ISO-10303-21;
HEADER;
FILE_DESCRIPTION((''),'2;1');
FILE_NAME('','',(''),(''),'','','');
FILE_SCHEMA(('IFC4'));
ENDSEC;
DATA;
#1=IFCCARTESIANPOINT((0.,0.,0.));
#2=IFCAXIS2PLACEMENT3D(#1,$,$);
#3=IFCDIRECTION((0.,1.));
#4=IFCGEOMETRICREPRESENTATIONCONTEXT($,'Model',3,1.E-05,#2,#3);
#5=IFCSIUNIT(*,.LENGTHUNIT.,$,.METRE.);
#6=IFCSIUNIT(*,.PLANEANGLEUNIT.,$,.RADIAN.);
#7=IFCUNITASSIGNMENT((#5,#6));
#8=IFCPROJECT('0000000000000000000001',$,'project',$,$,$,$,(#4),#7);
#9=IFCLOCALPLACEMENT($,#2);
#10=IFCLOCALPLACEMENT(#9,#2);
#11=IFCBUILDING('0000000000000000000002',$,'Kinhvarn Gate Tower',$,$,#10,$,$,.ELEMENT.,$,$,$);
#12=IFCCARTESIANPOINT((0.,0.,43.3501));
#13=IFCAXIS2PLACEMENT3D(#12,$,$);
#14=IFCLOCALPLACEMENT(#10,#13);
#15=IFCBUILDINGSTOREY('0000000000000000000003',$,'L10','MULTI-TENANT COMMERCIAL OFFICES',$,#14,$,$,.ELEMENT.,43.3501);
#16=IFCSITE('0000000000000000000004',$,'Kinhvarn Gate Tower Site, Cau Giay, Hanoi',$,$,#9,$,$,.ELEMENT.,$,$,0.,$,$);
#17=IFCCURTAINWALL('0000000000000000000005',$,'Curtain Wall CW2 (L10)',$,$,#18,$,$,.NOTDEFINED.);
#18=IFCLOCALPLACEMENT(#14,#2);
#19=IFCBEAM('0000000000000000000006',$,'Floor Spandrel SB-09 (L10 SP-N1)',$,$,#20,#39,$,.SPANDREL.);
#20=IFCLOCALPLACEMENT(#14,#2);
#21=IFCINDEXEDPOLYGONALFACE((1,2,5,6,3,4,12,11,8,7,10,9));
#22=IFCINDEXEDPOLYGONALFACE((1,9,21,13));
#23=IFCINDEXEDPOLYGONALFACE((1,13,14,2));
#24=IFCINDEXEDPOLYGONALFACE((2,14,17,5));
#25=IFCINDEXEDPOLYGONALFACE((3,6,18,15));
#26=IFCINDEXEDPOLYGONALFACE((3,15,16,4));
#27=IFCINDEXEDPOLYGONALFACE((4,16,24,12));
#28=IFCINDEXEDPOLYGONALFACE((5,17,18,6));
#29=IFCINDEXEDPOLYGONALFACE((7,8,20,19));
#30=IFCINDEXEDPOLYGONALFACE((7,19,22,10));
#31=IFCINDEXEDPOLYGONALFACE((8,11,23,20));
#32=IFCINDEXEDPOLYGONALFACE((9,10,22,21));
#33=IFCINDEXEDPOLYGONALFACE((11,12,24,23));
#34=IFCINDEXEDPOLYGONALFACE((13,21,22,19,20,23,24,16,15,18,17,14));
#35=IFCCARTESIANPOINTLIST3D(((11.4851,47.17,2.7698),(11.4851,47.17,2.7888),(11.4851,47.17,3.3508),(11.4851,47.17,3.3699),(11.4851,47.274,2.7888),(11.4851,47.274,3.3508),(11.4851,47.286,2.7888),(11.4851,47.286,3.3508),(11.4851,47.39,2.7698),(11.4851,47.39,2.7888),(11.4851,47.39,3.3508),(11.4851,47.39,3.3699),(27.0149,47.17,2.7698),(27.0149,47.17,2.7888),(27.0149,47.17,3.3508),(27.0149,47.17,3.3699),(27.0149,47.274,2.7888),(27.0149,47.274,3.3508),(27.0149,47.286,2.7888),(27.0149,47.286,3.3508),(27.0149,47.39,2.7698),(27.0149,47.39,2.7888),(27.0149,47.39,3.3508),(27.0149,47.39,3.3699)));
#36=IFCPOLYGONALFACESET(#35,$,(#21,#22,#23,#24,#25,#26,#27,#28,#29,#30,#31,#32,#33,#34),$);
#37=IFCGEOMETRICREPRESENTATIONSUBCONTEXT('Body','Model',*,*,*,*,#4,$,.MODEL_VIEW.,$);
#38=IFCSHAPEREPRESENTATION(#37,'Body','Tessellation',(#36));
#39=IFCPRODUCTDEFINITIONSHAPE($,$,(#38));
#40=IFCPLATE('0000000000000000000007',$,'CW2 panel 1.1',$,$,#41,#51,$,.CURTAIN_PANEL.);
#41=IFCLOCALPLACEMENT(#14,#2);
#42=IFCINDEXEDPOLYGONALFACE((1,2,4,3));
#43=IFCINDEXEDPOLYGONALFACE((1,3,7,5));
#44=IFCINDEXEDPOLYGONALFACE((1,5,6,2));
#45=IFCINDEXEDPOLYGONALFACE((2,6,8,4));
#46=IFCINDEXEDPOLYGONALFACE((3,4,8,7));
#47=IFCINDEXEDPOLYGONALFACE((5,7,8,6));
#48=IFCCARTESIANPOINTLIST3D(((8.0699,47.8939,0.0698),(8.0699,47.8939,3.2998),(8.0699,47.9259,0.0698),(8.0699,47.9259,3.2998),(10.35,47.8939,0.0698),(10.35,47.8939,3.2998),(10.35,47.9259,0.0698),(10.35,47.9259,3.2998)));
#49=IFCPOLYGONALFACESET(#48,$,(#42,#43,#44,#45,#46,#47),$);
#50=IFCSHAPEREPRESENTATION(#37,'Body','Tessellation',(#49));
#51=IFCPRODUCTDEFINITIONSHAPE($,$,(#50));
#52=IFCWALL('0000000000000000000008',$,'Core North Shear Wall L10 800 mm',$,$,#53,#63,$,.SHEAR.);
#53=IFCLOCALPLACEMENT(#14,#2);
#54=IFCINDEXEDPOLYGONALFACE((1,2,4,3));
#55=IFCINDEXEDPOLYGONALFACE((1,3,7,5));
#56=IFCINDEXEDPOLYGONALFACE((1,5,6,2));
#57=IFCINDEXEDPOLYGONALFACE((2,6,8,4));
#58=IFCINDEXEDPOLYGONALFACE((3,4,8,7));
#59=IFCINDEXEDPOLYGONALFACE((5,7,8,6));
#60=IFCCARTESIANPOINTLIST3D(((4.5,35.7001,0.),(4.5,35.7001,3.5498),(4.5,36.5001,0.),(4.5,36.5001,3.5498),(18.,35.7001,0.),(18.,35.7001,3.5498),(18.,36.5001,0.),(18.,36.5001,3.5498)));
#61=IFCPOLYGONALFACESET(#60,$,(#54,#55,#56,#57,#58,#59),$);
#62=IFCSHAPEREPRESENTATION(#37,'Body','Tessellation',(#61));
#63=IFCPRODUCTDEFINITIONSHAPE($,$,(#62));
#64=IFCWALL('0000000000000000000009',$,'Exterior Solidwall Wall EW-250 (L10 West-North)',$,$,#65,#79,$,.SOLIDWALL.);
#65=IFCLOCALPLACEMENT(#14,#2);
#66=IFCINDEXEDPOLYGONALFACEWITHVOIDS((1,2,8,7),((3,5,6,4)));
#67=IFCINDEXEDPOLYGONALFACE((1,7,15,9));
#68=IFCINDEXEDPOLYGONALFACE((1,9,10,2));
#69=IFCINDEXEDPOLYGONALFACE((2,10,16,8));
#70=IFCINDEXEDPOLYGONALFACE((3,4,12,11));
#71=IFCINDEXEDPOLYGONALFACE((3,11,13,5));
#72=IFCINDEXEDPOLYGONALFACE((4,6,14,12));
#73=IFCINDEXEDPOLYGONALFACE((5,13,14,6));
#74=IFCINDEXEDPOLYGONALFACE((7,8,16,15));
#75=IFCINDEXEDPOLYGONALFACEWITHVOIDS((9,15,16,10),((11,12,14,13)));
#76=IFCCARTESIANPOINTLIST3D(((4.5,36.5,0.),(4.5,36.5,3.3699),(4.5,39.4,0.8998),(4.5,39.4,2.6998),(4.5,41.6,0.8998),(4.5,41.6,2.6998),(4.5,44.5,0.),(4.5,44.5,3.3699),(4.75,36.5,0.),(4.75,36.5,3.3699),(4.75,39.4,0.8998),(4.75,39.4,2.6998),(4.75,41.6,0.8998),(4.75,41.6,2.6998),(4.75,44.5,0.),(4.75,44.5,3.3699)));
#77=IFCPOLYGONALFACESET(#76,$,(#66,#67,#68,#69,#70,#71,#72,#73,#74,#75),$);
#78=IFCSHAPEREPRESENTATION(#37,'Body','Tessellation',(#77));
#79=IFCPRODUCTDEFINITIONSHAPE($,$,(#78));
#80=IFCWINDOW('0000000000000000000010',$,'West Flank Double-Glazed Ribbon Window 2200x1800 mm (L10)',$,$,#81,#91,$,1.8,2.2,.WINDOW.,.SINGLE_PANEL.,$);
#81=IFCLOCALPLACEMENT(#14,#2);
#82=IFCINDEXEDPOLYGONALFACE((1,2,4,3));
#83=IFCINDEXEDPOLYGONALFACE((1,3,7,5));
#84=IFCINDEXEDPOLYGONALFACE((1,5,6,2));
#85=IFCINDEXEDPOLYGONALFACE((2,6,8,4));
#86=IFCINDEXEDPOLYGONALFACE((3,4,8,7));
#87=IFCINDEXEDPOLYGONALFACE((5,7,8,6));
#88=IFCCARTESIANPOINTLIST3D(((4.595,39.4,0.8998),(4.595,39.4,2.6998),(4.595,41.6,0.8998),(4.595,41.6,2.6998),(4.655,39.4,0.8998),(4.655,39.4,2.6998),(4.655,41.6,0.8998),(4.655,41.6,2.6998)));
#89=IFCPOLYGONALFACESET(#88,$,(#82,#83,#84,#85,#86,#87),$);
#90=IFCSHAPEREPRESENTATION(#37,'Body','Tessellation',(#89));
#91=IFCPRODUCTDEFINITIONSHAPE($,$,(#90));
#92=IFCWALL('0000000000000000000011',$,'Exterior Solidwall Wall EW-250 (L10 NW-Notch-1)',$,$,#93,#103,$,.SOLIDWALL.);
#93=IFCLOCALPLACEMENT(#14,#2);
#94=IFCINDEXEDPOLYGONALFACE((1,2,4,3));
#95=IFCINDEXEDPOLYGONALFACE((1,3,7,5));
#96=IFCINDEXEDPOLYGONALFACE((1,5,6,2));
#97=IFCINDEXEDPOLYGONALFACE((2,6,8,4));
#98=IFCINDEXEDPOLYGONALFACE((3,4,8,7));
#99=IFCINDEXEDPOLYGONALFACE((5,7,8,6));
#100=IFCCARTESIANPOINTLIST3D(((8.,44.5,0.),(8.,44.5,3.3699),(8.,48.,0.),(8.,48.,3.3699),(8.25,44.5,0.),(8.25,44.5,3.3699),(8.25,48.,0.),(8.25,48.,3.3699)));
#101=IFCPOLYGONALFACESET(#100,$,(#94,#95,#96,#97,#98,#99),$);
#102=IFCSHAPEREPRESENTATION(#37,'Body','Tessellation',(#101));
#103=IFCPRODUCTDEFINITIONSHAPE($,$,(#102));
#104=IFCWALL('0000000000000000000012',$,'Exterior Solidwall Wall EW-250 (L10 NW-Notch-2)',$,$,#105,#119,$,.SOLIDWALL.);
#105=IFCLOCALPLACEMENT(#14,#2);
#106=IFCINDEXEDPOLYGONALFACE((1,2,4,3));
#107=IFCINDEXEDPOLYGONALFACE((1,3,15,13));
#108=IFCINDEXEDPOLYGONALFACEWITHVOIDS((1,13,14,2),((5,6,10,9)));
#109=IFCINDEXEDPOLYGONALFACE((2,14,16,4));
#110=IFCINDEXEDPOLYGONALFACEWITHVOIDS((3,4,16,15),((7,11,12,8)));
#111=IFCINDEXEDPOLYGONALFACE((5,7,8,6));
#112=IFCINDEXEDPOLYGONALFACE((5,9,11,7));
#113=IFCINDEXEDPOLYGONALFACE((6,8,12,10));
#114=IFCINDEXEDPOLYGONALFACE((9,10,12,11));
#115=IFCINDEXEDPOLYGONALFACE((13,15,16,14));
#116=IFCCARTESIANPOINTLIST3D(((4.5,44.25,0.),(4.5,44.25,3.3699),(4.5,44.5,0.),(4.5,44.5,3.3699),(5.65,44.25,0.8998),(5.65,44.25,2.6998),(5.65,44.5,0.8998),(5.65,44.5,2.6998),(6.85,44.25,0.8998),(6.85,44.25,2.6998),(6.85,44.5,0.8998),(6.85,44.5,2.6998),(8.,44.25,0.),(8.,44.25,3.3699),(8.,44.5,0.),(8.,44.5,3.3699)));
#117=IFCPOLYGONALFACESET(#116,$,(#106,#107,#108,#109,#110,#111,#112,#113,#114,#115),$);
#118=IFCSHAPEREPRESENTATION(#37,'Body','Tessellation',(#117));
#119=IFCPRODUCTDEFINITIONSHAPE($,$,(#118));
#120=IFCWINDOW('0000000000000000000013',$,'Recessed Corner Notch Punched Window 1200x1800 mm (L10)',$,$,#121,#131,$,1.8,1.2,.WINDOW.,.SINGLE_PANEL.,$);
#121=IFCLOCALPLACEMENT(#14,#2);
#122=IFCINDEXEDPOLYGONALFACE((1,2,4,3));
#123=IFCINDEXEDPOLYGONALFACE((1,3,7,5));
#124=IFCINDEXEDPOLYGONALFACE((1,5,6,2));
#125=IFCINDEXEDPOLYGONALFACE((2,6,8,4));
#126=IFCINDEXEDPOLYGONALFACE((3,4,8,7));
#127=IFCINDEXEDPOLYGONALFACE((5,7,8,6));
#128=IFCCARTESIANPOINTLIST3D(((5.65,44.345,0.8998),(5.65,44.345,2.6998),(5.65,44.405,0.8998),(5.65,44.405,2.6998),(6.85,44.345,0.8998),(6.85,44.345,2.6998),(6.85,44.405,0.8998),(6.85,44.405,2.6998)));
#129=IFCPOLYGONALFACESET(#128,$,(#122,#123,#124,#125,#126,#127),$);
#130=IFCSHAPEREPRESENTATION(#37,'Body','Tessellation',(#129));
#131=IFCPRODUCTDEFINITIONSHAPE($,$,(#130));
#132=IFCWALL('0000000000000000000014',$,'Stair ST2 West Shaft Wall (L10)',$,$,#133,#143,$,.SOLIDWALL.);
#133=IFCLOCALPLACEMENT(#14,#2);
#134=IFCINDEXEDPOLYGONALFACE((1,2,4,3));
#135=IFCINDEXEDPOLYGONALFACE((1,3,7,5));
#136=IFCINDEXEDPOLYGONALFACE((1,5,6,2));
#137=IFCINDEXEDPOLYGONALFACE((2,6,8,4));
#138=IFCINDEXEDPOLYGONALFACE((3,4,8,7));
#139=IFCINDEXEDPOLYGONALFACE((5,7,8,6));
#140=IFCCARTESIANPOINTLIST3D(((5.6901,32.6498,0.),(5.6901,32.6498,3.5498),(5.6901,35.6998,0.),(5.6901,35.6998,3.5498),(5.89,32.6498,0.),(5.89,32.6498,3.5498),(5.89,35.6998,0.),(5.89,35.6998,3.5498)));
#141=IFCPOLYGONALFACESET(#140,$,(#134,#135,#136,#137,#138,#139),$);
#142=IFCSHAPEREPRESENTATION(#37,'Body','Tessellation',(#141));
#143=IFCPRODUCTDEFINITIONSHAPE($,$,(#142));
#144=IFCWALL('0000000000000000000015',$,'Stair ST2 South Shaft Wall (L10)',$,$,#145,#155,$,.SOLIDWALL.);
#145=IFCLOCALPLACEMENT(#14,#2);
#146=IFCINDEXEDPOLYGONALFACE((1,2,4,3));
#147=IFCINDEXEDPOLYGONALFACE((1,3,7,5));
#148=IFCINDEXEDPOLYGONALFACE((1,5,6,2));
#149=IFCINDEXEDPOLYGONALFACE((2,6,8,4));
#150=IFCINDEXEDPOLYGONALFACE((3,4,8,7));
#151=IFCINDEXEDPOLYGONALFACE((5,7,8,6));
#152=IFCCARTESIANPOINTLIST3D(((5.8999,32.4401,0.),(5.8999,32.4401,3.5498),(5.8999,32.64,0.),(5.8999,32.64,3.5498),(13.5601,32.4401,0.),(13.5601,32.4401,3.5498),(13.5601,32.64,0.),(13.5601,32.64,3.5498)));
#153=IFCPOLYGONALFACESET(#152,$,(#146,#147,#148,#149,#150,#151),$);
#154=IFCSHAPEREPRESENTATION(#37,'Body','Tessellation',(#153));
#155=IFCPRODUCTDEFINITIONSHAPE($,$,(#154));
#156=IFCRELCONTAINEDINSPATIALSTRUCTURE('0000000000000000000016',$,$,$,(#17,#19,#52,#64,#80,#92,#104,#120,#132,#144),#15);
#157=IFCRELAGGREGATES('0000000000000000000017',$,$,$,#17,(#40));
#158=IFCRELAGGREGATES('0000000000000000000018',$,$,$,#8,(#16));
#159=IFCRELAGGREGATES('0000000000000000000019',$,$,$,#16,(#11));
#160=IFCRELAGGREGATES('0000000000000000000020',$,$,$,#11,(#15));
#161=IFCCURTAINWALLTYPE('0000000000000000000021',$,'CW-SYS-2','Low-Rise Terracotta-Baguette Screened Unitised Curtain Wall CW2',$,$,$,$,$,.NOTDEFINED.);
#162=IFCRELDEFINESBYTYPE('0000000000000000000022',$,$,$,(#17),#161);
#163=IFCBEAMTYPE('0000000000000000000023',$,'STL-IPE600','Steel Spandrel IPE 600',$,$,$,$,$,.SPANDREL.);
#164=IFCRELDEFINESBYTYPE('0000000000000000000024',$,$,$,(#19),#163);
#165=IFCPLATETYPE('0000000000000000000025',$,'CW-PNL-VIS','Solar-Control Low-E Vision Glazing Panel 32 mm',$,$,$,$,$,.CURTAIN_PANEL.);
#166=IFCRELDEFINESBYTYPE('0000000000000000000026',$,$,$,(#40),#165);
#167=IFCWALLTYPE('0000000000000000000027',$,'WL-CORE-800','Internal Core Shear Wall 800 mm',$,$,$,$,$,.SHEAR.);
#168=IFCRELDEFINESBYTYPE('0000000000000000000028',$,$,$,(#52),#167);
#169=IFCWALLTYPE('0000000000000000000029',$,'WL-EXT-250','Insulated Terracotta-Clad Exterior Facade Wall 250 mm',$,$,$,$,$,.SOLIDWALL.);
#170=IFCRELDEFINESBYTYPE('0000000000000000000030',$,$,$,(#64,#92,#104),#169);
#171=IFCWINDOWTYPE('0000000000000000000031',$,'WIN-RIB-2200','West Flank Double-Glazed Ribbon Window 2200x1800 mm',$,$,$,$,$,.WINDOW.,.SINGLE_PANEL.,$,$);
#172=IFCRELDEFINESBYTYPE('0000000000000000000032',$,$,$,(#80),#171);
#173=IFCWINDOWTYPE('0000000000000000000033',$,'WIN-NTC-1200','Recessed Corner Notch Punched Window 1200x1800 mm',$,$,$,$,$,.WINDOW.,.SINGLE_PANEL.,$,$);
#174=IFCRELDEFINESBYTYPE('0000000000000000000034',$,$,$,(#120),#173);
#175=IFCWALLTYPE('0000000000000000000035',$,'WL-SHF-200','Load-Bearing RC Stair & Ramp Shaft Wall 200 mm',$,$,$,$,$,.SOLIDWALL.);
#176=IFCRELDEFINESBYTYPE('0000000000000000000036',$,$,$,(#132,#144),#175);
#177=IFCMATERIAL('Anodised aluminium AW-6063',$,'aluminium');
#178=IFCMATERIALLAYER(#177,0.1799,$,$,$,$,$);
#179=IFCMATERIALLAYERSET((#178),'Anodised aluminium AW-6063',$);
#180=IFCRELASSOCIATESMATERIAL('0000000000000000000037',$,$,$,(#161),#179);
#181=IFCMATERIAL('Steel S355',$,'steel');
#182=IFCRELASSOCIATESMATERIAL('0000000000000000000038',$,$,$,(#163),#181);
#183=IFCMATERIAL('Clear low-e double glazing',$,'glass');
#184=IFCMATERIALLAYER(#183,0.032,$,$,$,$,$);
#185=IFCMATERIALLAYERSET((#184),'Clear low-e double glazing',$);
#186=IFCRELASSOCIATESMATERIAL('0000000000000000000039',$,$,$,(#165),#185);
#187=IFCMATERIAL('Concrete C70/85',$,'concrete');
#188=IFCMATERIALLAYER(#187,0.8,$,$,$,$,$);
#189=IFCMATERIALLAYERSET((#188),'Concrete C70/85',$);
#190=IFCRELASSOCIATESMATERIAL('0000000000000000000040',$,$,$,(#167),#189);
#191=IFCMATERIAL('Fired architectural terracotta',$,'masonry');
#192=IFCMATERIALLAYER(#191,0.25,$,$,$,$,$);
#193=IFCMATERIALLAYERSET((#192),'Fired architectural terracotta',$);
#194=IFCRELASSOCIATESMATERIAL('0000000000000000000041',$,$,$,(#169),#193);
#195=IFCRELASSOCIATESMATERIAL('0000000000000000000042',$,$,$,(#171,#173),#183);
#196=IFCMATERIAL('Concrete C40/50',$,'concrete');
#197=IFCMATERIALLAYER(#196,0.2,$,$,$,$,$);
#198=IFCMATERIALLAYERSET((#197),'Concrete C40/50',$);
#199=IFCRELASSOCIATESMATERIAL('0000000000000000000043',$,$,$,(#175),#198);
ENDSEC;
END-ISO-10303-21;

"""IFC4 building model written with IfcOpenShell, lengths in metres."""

from ifc_helpers import new_model, si_unit, direction, frame, frame_2d, origin, origin_2d, place, context, subcontext, project, spatial, rectangle, i_section, extrude, material, layer, layer_set, material_profile, profile_set, type_object, element, fill, aggregate, save


model = new_model("IFC4")

# Units and contexts
model_context = context("Model", 3, precision=1e-05, world=origin(), true_north=direction((0.0, 1.0)))
body_context = subcontext(model_context, "Body", "Model", "MODEL_VIEW")
ifc_project = project(units=[si_unit("LENGTHUNIT", "METRE"), si_unit("PLANEANGLEUNIT", "RADIAN")], contexts=[model_context])

# Site, building, storey
site_placement = place(None, origin())
site = spatial("IfcSite", under=ifc_project, at=site_placement, Name="Kinhvarn Gate Tower Site, Cau Giay, Hanoi", CompositionType="ELEMENT", RefElevation=0.0)
building_placement = place(site_placement, origin())
building = spatial("IfcBuilding", under=site, at=building_placement, Name="Kinhvarn Gate Tower", CompositionType="ELEMENT")
storey_placement = place(building_placement, frame((0.0, 0.0, 43.3501)))
storey = spatial("IfcBuildingStorey", under=building, at=storey_placement, Name="L10", Description="MULTI-TENANT COMMERCIAL OFFICES", CompositionType="ELEMENT", Elevation=43.3501)

# Shared definitions
ifc_material_1 = material(Name="Concrete C70/85", Category="concrete")

# Curtain wall
ifc_material_2 = material(Name="Anodised aluminium AW-6063", Category="aluminium")
ifc_layer_1 = layer(ifc_material_2, 0.1799)
ifc_layer_set_1 = layer_set([ifc_layer_1], Name="Anodised aluminium AW-6063")
curtain_wall_type = type_object("IfcCurtainWallType", Name="CW-SYS-2", Description="Low-Rise Terracotta-Baguette Screened Unitised Curtain Wall CW2", PredefinedType="NOTDEFINED", material=ifc_layer_set_1)
curtain_wall_placement = place(storey_placement, origin())
curtain_wall = element("IfcCurtainWall", 1, at=curtain_wall_placement, inside=storey, type_object=curtain_wall_type, Name="Curtain Wall CW2 (L10)", PredefinedType="NOTDEFINED")

# Beam
ifc_material_3 = material(Name="Steel S355", Category="steel")
ifc_material_profile_1 = material_profile(ifc_material_3, i_section(OverallWidth=0.22, OverallDepth=0.6001, WebThickness=0.012, FlangeThickness=0.019, at=origin_2d()), Name="IPE 600")
ifc_profile_set_1 = profile_set([ifc_material_profile_1], Name="Steel S355")
beam_type_1 = type_object("IfcBeamType", Name="STL-IPE600", Description="Steel Spandrel IPE 600", PredefinedType="SPANDREL", material=ifc_profile_set_1)
beam_1_placement = place(storey_placement, frame((11.4851, 47.28, 3.0698), z_axis=(1.0, 0.0, 0.0), x_axis=(0.0, 1.0, 0.0)))
element("IfcBeam", 2, at=beam_1_placement, inside=storey, type_object=beam_type_1, Name="Floor Spandrel SB-09 (L10 SP-N1)", PredefinedType="SPANDREL", context=body_context, shape_type="SweptSolid", body=[
    extrude(i_section(OverallWidth=0.22, OverallDepth=0.6001, WebThickness=0.012, FlangeThickness=0.019, at=origin_2d()), origin(), (0.0, 0.0, 1.0), 15.5298),
])

# Plate
ifc_material_4 = material(Name="Clear low-e double glazing", Category="glass")
ifc_layer_2 = layer(ifc_material_4, 0.032)
ifc_layer_set_2 = layer_set([ifc_layer_2], Name="Clear low-e double glazing")
plate_type = type_object("IfcPlateType", Name="CW-PNL-VIS", Description="Solar-Control Low-E Vision Glazing Panel 32 mm", PredefinedType="CURTAIN_PANEL", material=ifc_layer_set_2)
plate_placement = place(storey_placement, frame((9.21, 47.9099, 0.0698), z_axis=(0.0, 0.0, 1.0), x_axis=(-1.0, 0.0, 0.0)))
plate = element("IfcPlate", 3, at=plate_placement, type_object=plate_type, Name="CW2 panel 1.1", PredefinedType="CURTAIN_PANEL", context=body_context, shape_type="SweptSolid", body=[
    extrude(rectangle(XDim=2.28, YDim=0.032, at=origin_2d()), origin(), (0.0, 0.0, 1.0), 3.23),
])
aggregate(curtain_wall, [plate])

# Wall
ifc_layer_3 = layer(ifc_material_1, 0.8)
ifc_layer_set_3 = layer_set([ifc_layer_3], Name="Concrete C70/85")
wall_type_1 = type_object("IfcWallType", Name="WL-CORE-800", Description="Internal Core Shear Wall 800 mm", PredefinedType="SHEAR", material=ifc_layer_set_3)
wall_1_placement = place(storey_placement, frame((4.5, 36.1001, 0.0), z_axis=(0.0, 0.0, 1.0), x_axis=(1.0, 0.0, 0.0)))
element("IfcWall", 4, at=wall_1_placement, inside=storey, type_object=wall_type_1, Name="Core North Shear Wall L10 800 mm", PredefinedType="SHEAR", context=body_context, shape_type="SweptSolid", body=[
    extrude(rectangle(XDim=13.5, YDim=0.8, at=frame_2d((6.75, 0.0))), origin(), (0.0, 0.0, 1.0), 3.5498),
])

# Wall, opening, window
ifc_material_5 = material(Name="Fired architectural terracotta", Category="masonry")
ifc_layer_4 = layer(ifc_material_5, 0.25)
ifc_layer_set_4 = layer_set([ifc_layer_4], Name="Fired architectural terracotta")
wall_type_2 = type_object("IfcWallType", Name="WL-EXT-250", Description="Insulated Terracotta-Clad Exterior Facade Wall 250 mm", PredefinedType="SOLIDWALL", material=ifc_layer_set_4)
wall_2_placement = place(storey_placement, frame((4.625, 44.5, 0.0), z_axis=(0.0, 0.0, 1.0), x_axis=(0.0, -1.0, 0.0)))
wall_2 = element("IfcWall", 5, at=wall_2_placement, inside=storey, type_object=wall_type_2, Name="Exterior Solidwall Wall EW-250 (L10 West-North)", PredefinedType="SOLIDWALL", context=body_context, shape_type="SweptSolid", body=[
    extrude(rectangle(XDim=8.0, YDim=0.25, at=frame_2d((4.0, 0.0))), origin(), (0.0, 0.0, 1.0), 3.3699),
])
opening_1_placement = place(wall_2_placement, frame((2.8999, 0.0, 0.8999)))
opening_1 = element("IfcOpeningElement", 6, at=opening_1_placement, cuts=wall_2, PredefinedType="OPENING", context=body_context, shape_type="SweptSolid", body=[
    extrude(rectangle(XDim=2.2, YDim=1.8, at=frame_2d((1.1001, 0.8999))), frame((0.0, 0.135, 0.0), z_axis=(0.0, -1.0, 0.0), x_axis=(1.0, 0.0, 0.0)), (0.0, 0.0, 1.0), 0.27),
])
window_type_1 = type_object("IfcWindowType", Name="WIN-RIB-2200", Description="West Flank Double-Glazed Ribbon Window 2200x1800 mm", PartitioningType="SINGLE_PANEL", PredefinedType="WINDOW", material=ifc_material_4)
window_1_placement = place(opening_1_placement, origin())
window_1 = element("IfcWindow", 7, at=window_1_placement, inside=storey, type_object=window_type_1, Name="West Flank Double-Glazed Ribbon Window 2200x1800 mm (L10)", OverallHeight=1.8, OverallWidth=2.2, PartitioningType="SINGLE_PANEL", PredefinedType="WINDOW", context=body_context, shape_type="SweptSolid", body=[
    extrude(rectangle(XDim=2.2, YDim=1.8, at=frame_2d((1.1001, 0.8999))), frame((0.0, 0.03, 0.0), z_axis=(0.0, -1.0, 0.0), x_axis=(1.0, 0.0, 0.0)), (0.0, 0.0, 1.0), 0.0601),
])
fill(opening_1, window_1)

# Wall
wall_3_placement = place(storey_placement, frame((8.125, 48.0, 0.0), z_axis=(0.0, 0.0, 1.0), x_axis=(0.0, -1.0, 0.0)))
element("IfcWall", 8, at=wall_3_placement, inside=storey, type_object=wall_type_2, Name="Exterior Solidwall Wall EW-250 (L10 NW-Notch-1)", PredefinedType="SOLIDWALL", context=body_context, shape_type="SweptSolid", body=[
    extrude(rectangle(XDim=3.5, YDim=0.25, at=frame_2d((1.75, 0.0))), origin(), (0.0, 0.0, 1.0), 3.3699),
])

# Wall, opening, window
wall_4_placement = place(storey_placement, frame((8.0, 44.375, 0.0), z_axis=(0.0, 0.0, 1.0), x_axis=(-1.0, 0.0, 0.0)))
wall_4 = element("IfcWall", 9, at=wall_4_placement, inside=storey, type_object=wall_type_2, Name="Exterior Solidwall Wall EW-250 (L10 NW-Notch-2)", PredefinedType="SOLIDWALL", context=body_context, shape_type="SweptSolid", body=[
    extrude(rectangle(XDim=3.5, YDim=0.25, at=frame_2d((1.75, 0.0))), origin(), (0.0, 0.0, 1.0), 3.3699),
])
opening_2_placement = place(wall_4_placement, frame((1.1499, 0.0, 0.8999)))
opening_2 = element("IfcOpeningElement", 10, at=opening_2_placement, cuts=wall_4, PredefinedType="OPENING", context=body_context, shape_type="SweptSolid", body=[
    extrude(rectangle(XDim=1.2, YDim=1.8, at=frame_2d((0.6001, 0.8999))), frame((0.0, 0.135, 0.0), z_axis=(0.0, -1.0, 0.0), x_axis=(1.0, 0.0, 0.0)), (0.0, 0.0, 1.0), 0.27),
])
window_type_2 = type_object("IfcWindowType", Name="WIN-NTC-1200", Description="Recessed Corner Notch Punched Window 1200x1800 mm", PartitioningType="SINGLE_PANEL", PredefinedType="WINDOW", material=ifc_material_4)
window_2_placement = place(opening_2_placement, origin())
window_2 = element("IfcWindow", 11, at=window_2_placement, inside=storey, type_object=window_type_2, Name="Recessed Corner Notch Punched Window 1200x1800 mm (L10)", OverallHeight=1.8, OverallWidth=1.2, PartitioningType="SINGLE_PANEL", PredefinedType="WINDOW", context=body_context, shape_type="SweptSolid", body=[
    extrude(rectangle(XDim=1.2, YDim=1.8, at=frame_2d((0.6001, 0.8999))), frame((0.0, 0.03, 0.0), z_axis=(0.0, -1.0, 0.0), x_axis=(1.0, 0.0, 0.0)), (0.0, 0.0, 1.0), 0.0601),
])
fill(opening_2, window_2)

# Walls
ifc_material_6 = material(Name="Concrete C40/50", Category="concrete")
ifc_layer_5 = layer(ifc_material_6, 0.2)
ifc_layer_set_5 = layer_set([ifc_layer_5], Name="Concrete C40/50")
wall_type_3 = type_object("IfcWallType", Name="WL-SHF-200", Description="Load-Bearing RC Stair & Ramp Shaft Wall 200 mm", PredefinedType="SOLIDWALL", material=ifc_layer_set_5)
wall_5_placement = place(storey_placement, frame((5.79, 32.6499, 0.0), z_axis=(0.0, 0.0, 1.0), x_axis=(0.0, 1.0, 0.0)))
element("IfcWall", 12, at=wall_5_placement, inside=storey, type_object=wall_type_3, Name="Stair ST2 West Shaft Wall (L10)", PredefinedType="SOLIDWALL", context=body_context, shape_type="SweptSolid", body=[
    extrude(rectangle(XDim=3.05, YDim=0.2, at=frame_2d((1.5249, 0.0))), origin(), (0.0, 0.0, 1.0), 3.5498),
])
wall_6_placement = place(storey_placement, frame((5.8999, 32.54, 0.0), z_axis=(0.0, 0.0, 1.0), x_axis=(1.0, 0.0, 0.0)))
element("IfcWall", 13, at=wall_6_placement, inside=storey, type_object=wall_type_3, Name="Stair ST2 South Shaft Wall (L10)", PredefinedType="SOLIDWALL", context=body_context, shape_type="SweptSolid", body=[
    extrude(rectangle(XDim=7.6602, YDim=0.2, at=frame_2d((3.8301, 0.0))), origin(), (0.0, 0.0, 1.0), 3.5498),
])

save(model, "model.ifc")
